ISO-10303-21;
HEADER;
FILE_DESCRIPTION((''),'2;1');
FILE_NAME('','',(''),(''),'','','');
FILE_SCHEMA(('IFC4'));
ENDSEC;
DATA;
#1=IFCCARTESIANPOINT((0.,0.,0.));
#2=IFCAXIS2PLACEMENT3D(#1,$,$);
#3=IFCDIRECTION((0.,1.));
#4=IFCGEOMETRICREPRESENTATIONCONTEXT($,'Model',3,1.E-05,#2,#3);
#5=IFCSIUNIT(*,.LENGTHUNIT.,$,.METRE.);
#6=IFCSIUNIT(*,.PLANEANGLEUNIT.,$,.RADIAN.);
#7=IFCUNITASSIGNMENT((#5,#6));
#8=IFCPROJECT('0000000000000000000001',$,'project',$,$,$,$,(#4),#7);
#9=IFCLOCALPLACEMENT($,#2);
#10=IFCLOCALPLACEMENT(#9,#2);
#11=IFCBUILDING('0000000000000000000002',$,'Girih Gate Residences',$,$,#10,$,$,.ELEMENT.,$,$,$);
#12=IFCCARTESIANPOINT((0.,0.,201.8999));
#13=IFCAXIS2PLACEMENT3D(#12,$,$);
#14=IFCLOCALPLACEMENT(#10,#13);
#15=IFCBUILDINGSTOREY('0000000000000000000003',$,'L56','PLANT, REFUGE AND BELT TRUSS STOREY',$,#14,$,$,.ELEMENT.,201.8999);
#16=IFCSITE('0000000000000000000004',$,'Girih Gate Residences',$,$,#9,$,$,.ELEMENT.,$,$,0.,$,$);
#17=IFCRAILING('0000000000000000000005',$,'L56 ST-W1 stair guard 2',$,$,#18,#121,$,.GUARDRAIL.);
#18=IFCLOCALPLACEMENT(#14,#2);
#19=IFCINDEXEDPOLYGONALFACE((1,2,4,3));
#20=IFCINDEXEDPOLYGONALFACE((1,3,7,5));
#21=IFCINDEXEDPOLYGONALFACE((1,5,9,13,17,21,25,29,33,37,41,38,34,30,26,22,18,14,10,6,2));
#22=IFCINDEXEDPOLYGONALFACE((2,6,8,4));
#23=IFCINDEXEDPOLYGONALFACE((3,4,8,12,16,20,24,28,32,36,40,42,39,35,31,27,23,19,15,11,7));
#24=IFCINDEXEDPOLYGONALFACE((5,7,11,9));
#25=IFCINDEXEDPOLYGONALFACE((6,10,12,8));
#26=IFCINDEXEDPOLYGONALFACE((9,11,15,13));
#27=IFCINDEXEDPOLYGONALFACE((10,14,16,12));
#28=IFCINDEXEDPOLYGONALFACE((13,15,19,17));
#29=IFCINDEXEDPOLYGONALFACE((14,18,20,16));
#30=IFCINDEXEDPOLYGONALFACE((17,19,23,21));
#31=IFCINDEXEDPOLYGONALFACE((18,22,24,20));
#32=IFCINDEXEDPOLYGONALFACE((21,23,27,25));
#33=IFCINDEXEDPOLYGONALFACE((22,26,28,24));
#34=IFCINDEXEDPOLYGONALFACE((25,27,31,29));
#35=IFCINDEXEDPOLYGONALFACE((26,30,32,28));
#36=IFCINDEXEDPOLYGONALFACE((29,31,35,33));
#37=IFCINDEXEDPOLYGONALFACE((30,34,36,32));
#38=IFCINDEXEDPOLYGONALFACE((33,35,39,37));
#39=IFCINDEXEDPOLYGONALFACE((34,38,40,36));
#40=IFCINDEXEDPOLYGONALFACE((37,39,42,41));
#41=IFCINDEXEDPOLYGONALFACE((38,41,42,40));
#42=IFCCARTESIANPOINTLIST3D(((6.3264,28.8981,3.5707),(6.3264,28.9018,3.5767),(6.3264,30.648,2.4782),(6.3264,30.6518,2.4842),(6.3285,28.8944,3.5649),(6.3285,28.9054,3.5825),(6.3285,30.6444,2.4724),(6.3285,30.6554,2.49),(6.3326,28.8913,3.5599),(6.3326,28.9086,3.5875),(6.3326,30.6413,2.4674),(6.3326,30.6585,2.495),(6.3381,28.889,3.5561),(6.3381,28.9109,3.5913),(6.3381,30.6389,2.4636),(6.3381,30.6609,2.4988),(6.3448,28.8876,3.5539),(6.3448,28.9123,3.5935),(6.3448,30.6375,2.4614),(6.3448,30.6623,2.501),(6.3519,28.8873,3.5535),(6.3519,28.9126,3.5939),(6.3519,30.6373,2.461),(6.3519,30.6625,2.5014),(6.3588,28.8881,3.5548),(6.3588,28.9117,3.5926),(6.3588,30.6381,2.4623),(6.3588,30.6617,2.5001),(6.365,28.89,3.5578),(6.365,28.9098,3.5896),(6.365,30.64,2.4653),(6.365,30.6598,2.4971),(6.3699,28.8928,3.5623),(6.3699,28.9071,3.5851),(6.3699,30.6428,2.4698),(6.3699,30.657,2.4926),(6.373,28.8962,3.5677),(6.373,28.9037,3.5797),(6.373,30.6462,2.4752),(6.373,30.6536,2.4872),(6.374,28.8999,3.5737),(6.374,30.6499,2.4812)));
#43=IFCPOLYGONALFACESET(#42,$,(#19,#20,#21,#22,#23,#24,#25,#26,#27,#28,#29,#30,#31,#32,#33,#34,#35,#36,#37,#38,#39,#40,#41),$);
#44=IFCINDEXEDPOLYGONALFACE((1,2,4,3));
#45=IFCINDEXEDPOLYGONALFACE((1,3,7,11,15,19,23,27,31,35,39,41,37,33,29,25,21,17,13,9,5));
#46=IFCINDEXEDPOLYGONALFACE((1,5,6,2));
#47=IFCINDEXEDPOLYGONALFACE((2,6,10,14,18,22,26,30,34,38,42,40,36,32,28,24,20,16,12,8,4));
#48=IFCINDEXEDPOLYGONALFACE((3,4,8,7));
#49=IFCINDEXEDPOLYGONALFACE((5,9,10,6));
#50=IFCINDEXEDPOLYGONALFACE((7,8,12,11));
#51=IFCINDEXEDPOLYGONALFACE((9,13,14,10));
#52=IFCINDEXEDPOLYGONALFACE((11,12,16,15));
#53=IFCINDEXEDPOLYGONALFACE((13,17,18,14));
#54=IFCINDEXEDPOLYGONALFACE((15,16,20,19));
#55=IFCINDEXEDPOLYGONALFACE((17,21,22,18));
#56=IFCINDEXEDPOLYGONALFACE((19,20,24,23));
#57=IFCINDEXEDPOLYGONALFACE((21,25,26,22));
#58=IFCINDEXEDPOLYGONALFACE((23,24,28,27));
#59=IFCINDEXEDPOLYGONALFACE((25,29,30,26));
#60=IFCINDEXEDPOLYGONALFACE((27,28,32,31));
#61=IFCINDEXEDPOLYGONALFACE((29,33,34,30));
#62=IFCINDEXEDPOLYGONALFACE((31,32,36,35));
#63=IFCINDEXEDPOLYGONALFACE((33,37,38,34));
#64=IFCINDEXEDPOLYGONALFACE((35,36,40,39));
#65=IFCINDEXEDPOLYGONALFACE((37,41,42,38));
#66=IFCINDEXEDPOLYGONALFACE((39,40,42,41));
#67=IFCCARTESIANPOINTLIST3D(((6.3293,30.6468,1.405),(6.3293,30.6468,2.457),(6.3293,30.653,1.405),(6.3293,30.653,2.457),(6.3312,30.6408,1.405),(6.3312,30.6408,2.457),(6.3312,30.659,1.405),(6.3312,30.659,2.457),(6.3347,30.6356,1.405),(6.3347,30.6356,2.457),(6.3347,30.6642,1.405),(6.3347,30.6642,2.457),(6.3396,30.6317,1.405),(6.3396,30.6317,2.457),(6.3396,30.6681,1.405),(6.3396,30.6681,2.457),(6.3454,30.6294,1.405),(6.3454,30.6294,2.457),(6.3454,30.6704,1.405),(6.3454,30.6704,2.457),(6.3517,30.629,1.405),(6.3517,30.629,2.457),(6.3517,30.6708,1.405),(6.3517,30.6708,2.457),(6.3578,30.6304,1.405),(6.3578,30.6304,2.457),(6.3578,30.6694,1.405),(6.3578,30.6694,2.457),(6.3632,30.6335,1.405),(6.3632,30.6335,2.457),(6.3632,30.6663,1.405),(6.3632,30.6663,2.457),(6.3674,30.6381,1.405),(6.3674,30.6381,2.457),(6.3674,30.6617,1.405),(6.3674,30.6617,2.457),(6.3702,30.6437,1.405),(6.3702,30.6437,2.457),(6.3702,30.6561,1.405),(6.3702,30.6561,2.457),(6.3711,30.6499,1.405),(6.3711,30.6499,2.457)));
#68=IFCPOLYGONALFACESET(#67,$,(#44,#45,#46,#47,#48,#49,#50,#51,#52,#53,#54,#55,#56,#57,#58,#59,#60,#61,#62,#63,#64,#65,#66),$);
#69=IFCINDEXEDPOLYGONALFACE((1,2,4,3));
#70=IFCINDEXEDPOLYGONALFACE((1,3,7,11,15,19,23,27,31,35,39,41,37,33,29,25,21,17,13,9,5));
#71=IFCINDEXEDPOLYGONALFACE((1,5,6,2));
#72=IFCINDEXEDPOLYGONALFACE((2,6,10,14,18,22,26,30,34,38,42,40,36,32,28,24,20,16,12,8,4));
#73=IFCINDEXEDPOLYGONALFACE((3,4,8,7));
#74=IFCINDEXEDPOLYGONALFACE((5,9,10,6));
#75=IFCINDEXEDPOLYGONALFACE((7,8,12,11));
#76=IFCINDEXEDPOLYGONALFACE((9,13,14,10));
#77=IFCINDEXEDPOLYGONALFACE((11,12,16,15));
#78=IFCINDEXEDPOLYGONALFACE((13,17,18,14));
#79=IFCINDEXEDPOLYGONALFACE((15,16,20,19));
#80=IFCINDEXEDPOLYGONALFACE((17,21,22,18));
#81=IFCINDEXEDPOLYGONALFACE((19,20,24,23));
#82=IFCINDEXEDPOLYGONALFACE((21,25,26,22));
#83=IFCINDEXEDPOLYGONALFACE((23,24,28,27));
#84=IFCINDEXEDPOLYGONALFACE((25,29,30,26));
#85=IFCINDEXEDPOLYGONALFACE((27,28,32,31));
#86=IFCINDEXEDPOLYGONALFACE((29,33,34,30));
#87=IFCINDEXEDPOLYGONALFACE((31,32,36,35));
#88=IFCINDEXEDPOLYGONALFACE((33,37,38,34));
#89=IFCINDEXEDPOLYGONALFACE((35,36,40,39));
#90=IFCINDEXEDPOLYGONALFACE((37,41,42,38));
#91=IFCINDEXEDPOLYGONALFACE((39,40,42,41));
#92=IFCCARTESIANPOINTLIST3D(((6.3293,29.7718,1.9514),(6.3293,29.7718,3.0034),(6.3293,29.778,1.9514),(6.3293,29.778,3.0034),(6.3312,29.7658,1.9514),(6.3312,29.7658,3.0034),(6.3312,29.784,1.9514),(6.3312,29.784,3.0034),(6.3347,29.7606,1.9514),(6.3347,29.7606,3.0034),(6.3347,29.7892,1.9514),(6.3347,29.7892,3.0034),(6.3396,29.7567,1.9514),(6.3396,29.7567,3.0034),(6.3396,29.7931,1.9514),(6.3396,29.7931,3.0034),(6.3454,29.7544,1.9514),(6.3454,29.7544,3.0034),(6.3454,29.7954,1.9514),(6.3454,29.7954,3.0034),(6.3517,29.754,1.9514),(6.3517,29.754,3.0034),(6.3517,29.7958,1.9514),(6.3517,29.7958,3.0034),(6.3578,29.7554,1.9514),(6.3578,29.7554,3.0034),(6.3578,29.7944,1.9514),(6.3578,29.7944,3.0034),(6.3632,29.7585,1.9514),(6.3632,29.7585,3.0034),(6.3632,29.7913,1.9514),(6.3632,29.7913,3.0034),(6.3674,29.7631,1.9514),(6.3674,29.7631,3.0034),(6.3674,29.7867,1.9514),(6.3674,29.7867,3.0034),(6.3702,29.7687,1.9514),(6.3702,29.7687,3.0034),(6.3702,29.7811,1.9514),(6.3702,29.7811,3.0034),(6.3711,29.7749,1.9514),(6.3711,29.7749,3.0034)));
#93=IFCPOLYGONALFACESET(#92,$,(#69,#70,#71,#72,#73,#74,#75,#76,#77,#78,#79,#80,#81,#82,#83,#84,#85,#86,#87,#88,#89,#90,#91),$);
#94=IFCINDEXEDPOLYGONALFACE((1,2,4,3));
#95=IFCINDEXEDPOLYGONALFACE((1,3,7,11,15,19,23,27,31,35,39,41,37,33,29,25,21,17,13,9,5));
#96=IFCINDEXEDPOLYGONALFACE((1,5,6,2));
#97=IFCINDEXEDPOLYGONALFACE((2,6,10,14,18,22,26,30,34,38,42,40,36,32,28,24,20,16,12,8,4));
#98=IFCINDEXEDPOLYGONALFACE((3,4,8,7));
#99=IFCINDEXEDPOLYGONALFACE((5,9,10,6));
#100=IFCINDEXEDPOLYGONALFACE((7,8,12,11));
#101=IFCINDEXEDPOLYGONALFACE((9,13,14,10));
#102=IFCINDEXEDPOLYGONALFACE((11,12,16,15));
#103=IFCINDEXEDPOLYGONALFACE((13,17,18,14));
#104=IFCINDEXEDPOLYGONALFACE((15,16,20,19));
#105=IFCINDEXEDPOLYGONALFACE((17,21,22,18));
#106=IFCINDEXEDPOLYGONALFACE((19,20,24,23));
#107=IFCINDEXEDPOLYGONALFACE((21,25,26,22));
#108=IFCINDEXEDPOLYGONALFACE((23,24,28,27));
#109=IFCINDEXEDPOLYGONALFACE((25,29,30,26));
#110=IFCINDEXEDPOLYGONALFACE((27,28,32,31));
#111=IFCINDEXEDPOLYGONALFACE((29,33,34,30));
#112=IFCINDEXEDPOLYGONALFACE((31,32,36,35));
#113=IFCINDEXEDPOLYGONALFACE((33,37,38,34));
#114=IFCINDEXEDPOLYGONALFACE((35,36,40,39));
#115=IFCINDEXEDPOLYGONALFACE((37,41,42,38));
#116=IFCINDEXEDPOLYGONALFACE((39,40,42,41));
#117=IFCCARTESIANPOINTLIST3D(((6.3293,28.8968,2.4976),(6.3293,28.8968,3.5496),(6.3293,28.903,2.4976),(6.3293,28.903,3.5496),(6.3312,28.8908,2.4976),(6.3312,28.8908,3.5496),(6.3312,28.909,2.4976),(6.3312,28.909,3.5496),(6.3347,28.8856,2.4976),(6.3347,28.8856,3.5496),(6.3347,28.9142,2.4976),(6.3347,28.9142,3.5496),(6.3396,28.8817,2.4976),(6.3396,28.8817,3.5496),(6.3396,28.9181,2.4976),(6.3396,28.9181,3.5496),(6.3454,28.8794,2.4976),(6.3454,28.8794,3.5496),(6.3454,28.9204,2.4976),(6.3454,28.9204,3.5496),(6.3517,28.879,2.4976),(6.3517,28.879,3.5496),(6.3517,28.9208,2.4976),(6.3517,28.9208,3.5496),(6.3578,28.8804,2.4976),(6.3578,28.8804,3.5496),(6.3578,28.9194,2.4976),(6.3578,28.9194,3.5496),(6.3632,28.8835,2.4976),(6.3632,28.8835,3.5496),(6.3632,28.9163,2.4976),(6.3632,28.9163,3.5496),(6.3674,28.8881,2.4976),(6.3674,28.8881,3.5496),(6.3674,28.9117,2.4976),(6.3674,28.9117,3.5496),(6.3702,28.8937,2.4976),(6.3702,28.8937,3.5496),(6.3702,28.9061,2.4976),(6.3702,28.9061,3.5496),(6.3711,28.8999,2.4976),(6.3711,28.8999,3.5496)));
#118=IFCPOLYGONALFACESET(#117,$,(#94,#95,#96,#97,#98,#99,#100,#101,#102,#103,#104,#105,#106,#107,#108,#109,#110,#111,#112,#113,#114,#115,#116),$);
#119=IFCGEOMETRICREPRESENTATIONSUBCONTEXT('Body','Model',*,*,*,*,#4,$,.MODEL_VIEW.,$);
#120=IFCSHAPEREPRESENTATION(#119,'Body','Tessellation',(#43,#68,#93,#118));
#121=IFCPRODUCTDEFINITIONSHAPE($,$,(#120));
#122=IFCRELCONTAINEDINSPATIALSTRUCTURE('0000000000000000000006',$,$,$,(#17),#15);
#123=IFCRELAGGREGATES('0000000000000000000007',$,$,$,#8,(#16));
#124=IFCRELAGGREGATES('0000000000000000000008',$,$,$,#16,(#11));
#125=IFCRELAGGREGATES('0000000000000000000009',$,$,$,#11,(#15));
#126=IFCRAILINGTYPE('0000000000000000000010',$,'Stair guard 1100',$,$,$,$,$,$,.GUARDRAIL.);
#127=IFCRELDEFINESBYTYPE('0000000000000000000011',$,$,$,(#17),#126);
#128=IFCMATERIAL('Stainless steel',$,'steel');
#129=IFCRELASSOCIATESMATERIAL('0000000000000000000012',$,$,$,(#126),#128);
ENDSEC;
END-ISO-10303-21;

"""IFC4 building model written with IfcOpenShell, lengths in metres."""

from ifc_helpers import new_model, si_unit, direction, frame, origin, origin_2d, place, context, subcontext, project, spatial, circle, extrude, material, type_object, element, save


model = new_model("IFC4")

# Units and contexts
model_context = context("Model", 3, precision=1e-05, world=origin(), true_north=direction((0.0, 1.0)))
body_context = subcontext(model_context, "Body", "Model", "MODEL_VIEW")
ifc_project = project(units=[si_unit("LENGTHUNIT", "METRE"), si_unit("PLANEANGLEUNIT", "RADIAN")], contexts=[model_context])

# Site, building, storey
site_placement = place(None, origin())
site = spatial("IfcSite", under=ifc_project, at=site_placement, Name="Girih Gate Residences", CompositionType="ELEMENT", RefElevation=0.0)
building_placement = place(site_placement, origin())
building = spatial("IfcBuilding", under=site, at=building_placement, Name="Girih Gate Residences", CompositionType="ELEMENT")
storey_placement = place(building_placement, frame((0.0, 0.0, 201.8999)))
storey = spatial("IfcBuildingStorey", under=building, at=storey_placement, Name="L56", Description="PLANT, REFUGE AND BELT TRUSS STOREY", CompositionType="ELEMENT", Elevation=201.8999)

# Shared definitions
ifc_material_1 = material(Name="Stainless steel", Category="steel")

# Railing
railing_type_1 = type_object("IfcRailingType", Name="Stair guard 1100", PredefinedType="GUARDRAIL", material=ifc_material_1)
railing_1_placement = place(storey_placement, frame((6.3501, 30.6499, 1.405)))
element("IfcRailing", 1, at=railing_1_placement, inside=storey, type_object=railing_type_1, Name="L56 ST-W1 stair guard 2", PredefinedType="GUARDRAIL", context=body_context, shape_type="SweptSolid", body=[
    extrude(circle(Radius=0.0239, at=origin_2d()), frame((0.0, 0.0, 1.0762), z_axis=(0.0, -0.848264, 0.529573), x_axis=(1.0, 0.0, 0.0)), (0.0, 0.0, 1.0), 2.063),
    extrude(circle(Radius=0.021, at=origin_2d()), origin(), (0.0, 0.0, 1.0), 1.052),
    extrude(circle(Radius=0.021, at=origin_2d()), frame((0.0, -0.875, 0.5464)), (0.0, 0.0, 1.0), 1.052),
    extrude(circle(Radius=0.021, at=origin_2d()), frame((0.0, -1.75, 1.0925)), (0.0, 0.0, 1.0), 1.052),
])

save(model, "model.ifc")
